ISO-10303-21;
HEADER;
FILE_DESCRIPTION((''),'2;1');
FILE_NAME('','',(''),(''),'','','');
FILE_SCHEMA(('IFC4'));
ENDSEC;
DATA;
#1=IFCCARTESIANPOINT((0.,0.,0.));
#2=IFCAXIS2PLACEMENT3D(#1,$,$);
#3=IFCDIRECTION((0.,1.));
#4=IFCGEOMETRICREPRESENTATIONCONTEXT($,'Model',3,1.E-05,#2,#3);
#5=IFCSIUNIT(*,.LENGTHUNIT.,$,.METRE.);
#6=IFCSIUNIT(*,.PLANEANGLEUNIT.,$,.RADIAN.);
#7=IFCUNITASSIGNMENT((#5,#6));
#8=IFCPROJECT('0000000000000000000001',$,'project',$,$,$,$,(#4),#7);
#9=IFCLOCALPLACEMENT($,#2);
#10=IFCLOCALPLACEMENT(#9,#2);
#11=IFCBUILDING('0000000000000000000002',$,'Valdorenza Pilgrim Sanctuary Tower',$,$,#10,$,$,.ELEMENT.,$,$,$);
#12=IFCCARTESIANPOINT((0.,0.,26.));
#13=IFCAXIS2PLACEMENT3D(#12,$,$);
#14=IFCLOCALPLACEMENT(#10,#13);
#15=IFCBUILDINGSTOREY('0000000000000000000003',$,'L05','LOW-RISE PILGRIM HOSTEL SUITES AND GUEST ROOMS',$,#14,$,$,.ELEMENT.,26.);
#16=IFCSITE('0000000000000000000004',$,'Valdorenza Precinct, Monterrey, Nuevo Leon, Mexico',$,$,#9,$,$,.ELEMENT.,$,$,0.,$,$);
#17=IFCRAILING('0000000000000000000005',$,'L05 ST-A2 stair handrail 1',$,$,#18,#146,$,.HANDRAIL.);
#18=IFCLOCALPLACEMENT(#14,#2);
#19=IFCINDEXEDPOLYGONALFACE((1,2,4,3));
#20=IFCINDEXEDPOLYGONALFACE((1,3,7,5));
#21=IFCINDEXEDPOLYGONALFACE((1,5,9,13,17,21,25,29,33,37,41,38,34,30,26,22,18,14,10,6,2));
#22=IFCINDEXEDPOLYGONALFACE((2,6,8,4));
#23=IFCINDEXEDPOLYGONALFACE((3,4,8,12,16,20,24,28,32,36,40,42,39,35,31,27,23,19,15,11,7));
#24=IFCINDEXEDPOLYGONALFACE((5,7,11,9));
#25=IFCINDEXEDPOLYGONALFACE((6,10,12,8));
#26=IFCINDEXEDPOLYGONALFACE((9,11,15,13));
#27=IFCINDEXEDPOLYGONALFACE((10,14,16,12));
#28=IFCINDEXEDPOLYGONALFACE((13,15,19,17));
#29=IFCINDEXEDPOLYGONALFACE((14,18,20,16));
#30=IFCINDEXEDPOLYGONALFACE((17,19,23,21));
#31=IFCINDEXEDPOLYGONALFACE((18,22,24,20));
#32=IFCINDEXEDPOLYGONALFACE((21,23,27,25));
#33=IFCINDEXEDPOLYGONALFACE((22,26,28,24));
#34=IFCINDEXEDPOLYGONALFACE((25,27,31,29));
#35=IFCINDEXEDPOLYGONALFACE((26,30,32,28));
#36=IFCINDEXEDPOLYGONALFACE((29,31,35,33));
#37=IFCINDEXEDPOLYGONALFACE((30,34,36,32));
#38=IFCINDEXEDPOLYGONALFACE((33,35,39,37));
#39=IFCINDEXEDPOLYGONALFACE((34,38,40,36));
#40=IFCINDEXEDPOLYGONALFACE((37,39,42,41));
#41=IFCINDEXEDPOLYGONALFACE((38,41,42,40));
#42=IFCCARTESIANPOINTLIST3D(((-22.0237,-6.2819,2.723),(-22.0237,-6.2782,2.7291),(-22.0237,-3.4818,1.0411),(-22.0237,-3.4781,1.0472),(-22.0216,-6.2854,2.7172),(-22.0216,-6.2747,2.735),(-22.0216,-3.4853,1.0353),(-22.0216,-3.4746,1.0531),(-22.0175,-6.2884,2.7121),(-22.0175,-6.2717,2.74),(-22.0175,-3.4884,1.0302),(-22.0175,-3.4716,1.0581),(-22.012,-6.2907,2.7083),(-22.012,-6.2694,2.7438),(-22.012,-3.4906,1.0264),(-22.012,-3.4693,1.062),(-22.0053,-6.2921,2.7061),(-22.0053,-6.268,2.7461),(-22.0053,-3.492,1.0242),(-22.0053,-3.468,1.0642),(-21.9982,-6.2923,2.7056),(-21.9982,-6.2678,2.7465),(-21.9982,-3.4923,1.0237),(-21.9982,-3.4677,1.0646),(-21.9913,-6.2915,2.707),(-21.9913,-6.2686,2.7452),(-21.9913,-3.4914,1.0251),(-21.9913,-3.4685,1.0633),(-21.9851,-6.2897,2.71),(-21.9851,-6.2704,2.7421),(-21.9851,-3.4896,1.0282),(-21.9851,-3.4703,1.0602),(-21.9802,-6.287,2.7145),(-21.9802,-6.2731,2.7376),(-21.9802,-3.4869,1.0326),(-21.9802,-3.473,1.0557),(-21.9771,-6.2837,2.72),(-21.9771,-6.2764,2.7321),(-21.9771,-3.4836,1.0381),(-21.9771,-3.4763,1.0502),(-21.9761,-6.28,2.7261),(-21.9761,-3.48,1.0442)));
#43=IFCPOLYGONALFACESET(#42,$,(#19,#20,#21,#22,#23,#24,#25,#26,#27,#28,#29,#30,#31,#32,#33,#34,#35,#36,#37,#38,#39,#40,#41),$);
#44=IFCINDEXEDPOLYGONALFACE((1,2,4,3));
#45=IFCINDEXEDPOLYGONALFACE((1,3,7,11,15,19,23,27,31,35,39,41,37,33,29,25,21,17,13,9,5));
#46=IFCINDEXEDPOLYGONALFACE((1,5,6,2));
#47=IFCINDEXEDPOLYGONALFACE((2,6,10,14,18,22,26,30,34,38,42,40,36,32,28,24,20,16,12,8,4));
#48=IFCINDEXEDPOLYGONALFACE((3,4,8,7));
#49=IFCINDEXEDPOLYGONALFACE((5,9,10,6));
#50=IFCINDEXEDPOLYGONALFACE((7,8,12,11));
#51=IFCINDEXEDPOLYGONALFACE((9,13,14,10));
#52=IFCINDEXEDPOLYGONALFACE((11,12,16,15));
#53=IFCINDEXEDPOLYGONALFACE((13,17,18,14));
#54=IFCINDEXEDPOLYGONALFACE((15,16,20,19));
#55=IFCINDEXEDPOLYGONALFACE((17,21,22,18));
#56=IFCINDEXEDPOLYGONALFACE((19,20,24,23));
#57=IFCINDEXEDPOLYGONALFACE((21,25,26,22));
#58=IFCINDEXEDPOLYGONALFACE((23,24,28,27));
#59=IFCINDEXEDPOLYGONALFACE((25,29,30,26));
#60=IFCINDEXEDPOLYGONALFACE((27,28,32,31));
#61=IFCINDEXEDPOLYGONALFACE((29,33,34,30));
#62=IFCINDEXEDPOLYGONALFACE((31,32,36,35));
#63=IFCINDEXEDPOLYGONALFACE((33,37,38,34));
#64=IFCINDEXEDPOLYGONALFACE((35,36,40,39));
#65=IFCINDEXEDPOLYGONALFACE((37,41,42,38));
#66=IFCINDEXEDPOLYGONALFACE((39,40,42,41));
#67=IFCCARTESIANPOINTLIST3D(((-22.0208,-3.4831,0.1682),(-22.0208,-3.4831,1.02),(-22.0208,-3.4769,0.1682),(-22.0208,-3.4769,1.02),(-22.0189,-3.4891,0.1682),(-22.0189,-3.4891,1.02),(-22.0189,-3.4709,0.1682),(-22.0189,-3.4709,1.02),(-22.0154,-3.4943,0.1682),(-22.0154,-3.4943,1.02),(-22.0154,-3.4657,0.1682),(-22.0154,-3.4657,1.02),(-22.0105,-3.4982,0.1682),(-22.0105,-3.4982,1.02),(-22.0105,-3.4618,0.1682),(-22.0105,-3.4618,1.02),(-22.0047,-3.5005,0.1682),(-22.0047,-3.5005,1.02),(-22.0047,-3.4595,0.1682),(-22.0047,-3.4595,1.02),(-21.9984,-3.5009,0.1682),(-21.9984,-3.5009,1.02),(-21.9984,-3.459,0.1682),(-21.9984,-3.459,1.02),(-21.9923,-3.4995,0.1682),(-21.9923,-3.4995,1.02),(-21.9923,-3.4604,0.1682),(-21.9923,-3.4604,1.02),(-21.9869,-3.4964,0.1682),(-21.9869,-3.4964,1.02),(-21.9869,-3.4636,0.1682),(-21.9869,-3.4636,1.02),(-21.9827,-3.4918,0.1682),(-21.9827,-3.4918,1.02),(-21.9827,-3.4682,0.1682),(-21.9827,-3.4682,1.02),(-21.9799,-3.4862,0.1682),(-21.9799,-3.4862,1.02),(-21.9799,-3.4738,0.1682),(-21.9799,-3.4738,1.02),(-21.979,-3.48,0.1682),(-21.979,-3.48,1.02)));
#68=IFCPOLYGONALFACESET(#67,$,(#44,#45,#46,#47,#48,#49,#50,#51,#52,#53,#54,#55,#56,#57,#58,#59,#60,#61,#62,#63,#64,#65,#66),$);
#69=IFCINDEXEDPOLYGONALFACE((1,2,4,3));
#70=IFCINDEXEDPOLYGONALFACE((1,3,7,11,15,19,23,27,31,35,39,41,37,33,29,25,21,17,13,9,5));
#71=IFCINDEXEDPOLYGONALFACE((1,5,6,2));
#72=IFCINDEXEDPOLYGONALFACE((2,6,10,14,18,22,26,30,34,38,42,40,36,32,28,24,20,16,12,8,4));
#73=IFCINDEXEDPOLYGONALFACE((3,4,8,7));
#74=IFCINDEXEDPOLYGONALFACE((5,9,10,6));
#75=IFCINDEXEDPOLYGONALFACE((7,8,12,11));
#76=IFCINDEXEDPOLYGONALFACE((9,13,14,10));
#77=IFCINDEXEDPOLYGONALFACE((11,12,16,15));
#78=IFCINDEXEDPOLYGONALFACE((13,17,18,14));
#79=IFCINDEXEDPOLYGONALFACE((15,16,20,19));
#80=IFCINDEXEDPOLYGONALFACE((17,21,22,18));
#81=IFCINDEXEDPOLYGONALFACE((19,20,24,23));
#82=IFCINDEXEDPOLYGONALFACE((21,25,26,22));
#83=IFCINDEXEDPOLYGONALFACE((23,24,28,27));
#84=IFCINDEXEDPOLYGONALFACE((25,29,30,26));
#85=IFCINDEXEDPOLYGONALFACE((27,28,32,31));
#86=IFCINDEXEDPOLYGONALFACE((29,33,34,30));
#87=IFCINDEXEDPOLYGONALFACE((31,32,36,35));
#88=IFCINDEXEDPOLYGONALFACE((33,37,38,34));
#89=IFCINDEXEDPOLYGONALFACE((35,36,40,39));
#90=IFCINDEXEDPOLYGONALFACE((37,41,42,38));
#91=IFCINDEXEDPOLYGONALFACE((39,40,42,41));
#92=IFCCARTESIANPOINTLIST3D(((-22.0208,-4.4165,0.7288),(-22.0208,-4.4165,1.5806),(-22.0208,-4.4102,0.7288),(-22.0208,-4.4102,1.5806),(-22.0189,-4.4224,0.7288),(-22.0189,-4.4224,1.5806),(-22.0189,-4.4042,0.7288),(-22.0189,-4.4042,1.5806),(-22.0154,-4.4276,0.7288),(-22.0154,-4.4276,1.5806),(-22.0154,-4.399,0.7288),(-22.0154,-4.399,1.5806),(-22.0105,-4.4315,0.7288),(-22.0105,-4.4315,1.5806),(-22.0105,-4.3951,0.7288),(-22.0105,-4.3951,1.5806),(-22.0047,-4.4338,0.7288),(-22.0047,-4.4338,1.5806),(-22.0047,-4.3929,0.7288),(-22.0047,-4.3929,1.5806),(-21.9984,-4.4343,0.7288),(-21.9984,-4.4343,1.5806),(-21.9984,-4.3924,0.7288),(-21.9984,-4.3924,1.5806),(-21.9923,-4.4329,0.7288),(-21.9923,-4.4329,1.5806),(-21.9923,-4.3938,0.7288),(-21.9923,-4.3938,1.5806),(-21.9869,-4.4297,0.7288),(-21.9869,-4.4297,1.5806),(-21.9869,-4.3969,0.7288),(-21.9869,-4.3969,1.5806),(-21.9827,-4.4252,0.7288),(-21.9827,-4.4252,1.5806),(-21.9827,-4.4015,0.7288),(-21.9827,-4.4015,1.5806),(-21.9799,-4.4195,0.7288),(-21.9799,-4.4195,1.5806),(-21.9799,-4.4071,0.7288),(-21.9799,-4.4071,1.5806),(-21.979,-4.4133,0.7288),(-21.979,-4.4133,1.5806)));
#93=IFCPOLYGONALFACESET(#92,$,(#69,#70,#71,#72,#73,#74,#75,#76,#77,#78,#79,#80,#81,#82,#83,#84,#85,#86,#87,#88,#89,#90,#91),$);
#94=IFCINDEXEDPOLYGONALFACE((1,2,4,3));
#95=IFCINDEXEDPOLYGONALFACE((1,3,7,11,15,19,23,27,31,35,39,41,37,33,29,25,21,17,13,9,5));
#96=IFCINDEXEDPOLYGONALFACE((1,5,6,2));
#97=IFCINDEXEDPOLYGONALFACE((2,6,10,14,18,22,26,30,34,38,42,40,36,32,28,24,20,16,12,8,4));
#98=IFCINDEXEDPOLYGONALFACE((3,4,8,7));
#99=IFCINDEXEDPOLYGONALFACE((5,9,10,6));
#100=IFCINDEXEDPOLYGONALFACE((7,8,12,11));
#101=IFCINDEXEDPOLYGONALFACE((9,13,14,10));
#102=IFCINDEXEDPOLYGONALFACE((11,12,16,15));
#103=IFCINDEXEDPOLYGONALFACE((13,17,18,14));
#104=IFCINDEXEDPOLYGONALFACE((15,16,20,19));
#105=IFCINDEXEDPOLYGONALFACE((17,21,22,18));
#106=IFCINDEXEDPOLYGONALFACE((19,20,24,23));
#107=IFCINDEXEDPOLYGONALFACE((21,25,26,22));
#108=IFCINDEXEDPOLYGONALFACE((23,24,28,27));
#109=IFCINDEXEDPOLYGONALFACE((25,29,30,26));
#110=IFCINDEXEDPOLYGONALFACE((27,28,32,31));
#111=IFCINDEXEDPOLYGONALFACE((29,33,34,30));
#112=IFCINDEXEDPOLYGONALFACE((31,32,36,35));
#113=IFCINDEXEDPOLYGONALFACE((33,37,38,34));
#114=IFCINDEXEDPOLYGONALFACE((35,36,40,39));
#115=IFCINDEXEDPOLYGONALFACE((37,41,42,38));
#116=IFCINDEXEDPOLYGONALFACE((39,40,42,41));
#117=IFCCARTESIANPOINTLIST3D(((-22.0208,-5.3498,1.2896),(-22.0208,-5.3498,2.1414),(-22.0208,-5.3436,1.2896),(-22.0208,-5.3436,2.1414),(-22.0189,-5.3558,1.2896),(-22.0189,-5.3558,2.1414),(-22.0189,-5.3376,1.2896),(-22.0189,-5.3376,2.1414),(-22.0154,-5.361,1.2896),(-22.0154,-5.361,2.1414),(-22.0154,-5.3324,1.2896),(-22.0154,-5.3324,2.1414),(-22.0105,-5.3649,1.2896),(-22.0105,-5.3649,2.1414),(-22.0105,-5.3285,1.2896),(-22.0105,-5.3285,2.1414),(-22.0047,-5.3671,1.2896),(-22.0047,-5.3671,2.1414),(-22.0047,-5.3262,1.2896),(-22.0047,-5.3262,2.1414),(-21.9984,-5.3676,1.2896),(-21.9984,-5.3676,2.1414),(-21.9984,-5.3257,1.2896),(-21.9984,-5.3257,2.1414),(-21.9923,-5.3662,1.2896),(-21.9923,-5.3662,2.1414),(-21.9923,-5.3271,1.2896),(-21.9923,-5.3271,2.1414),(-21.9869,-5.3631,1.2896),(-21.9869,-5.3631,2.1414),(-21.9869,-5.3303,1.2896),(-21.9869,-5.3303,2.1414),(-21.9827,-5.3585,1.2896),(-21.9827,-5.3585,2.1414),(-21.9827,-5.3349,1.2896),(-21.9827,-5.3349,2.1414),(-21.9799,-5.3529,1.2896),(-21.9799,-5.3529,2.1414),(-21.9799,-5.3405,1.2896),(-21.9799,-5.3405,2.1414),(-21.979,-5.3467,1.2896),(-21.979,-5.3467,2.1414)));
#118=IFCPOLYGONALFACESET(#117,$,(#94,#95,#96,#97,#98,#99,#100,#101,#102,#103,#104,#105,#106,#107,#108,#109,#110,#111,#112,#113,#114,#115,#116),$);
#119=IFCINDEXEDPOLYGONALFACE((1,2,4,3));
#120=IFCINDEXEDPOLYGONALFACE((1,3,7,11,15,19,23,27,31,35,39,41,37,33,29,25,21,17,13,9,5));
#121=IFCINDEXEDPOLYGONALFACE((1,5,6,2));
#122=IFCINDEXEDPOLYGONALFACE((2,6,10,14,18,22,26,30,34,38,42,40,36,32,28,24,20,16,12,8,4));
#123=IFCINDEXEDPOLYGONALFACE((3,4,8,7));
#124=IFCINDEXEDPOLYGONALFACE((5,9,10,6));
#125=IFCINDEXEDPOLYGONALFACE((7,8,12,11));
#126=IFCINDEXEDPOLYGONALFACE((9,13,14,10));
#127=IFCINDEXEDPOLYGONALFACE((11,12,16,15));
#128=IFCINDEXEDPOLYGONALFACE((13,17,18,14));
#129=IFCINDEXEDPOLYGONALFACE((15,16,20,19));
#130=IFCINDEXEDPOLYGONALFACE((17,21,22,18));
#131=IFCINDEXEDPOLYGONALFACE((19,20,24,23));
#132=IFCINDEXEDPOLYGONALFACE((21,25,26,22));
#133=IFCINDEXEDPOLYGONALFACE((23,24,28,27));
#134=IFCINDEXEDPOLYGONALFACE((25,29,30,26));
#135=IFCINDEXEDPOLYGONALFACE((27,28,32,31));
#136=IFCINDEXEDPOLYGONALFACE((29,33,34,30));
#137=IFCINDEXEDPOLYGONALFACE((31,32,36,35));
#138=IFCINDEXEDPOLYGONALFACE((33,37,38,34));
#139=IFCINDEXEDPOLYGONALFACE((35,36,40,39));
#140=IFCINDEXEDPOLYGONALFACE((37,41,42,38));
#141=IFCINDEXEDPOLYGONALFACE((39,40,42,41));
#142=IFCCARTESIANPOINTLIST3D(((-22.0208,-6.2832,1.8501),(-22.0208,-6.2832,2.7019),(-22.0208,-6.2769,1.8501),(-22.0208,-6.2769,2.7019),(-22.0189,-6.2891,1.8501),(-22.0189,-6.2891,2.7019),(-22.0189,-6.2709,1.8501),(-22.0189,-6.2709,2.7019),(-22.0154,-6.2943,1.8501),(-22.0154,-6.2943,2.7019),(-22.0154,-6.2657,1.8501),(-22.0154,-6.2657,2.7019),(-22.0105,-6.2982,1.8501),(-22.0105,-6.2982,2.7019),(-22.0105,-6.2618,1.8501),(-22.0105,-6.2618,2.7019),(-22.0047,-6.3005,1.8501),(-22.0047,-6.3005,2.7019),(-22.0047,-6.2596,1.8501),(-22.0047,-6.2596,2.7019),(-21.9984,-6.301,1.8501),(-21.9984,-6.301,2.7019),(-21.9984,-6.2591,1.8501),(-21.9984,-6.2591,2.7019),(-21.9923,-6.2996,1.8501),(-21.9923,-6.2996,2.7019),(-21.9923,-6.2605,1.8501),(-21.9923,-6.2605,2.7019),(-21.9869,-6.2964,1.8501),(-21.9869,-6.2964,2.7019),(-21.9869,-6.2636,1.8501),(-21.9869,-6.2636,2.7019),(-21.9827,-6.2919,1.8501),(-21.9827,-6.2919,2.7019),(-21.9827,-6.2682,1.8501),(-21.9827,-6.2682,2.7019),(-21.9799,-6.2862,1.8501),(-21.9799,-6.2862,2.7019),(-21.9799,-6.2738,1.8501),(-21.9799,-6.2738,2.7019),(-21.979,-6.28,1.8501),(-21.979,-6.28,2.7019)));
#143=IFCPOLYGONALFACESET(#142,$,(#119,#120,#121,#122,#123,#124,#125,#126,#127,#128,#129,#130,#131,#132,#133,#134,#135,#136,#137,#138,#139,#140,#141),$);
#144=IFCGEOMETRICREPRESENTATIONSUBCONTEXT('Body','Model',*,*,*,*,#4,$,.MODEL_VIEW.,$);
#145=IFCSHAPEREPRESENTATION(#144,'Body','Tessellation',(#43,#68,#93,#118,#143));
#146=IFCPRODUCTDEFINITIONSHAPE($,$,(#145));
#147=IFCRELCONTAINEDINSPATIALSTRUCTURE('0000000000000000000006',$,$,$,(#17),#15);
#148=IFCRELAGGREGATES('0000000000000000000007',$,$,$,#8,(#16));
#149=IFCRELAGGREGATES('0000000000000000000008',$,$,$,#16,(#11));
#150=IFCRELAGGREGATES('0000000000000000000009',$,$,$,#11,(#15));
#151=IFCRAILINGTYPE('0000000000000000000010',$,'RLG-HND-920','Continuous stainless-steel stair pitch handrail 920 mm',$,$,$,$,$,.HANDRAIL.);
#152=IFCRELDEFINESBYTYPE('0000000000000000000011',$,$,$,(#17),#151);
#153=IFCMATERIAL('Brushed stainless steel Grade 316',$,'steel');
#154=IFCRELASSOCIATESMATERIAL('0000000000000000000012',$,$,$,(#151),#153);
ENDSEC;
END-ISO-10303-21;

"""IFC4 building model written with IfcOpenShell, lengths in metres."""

from ifc_helpers import new_model, si_unit, direction, frame, origin, origin_2d, place, context, subcontext, project, spatial, circle, extrude, material, type_object, element, save


model = new_model("IFC4")

# Units and contexts
model_context = context("Model", 3, precision=1e-05, world=origin(), true_north=direction((0.0, 1.0)))
body_context = subcontext(model_context, "Body", "Model", "MODEL_VIEW")
ifc_project = project(units=[si_unit("LENGTHUNIT", "METRE"), si_unit("PLANEANGLEUNIT", "RADIAN")], contexts=[model_context])

# Site, building, storey
site_placement = place(None, origin())
site = spatial("IfcSite", under=ifc_project, at=site_placement, Name="Valdorenza Precinct, Monterrey, Nuevo Leon, Mexico", CompositionType="ELEMENT", RefElevation=0.0)
building_placement = place(site_placement, origin())
building = spatial("IfcBuilding", under=site, at=building_placement, Name="Valdorenza Pilgrim Sanctuary Tower", CompositionType="ELEMENT")
storey_placement = place(building_placement, frame((0.0, 0.0, 26.0)))
storey = spatial("IfcBuildingStorey", under=building, at=storey_placement, Name="L05", Description="LOW-RISE PILGRIM HOSTEL SUITES AND GUEST ROOMS", CompositionType="ELEMENT", Elevation=26.0)

# Railing
ifc_material_1 = material(Name="Brushed stainless steel Grade 316", Category="steel")
railing_type_1 = type_object("IfcRailingType", Name="RLG-HND-920", Description="Continuous stainless-steel stair pitch handrail 920 mm", PredefinedType="HANDRAIL", material=ifc_material_1)
railing_1_placement = place(storey_placement, frame((-22.0, -3.48, 0.1682)))
element("IfcRailing", 1, at=railing_1_placement, inside=storey, type_object=railing_type_1, Name="L05 ST-A2 stair handrail 1", PredefinedType="HANDRAIL", context=body_context, shape_type="SweptSolid", body=[
    extrude(circle(Radius=0.0239, at=origin_2d()), frame((0.0, 0.0, 0.876), z_axis=(0.0, -0.857242, 0.514913), x_axis=(1.0, 0.0, 0.0)), (0.0, 0.0, 1.0), 3.2664),
    extrude(circle(Radius=0.021, at=origin_2d()), origin(), (0.0, 0.0, 1.0), 0.8518),
    extrude(circle(Radius=0.021, at=origin_2d()), frame((0.0, -0.9333, 0.5605)), (0.0, 0.0, 1.0), 0.8518),
    extrude(circle(Radius=0.021, at=origin_2d()), frame((0.0, -1.8667, 1.1213)), (0.0, 0.0, 1.0), 0.8518),
    extrude(circle(Radius=0.021, at=origin_2d()), frame((0.0, -2.8, 1.6819)), (0.0, 0.0, 1.0), 0.8518),
])

save(model, "model.ifc")
